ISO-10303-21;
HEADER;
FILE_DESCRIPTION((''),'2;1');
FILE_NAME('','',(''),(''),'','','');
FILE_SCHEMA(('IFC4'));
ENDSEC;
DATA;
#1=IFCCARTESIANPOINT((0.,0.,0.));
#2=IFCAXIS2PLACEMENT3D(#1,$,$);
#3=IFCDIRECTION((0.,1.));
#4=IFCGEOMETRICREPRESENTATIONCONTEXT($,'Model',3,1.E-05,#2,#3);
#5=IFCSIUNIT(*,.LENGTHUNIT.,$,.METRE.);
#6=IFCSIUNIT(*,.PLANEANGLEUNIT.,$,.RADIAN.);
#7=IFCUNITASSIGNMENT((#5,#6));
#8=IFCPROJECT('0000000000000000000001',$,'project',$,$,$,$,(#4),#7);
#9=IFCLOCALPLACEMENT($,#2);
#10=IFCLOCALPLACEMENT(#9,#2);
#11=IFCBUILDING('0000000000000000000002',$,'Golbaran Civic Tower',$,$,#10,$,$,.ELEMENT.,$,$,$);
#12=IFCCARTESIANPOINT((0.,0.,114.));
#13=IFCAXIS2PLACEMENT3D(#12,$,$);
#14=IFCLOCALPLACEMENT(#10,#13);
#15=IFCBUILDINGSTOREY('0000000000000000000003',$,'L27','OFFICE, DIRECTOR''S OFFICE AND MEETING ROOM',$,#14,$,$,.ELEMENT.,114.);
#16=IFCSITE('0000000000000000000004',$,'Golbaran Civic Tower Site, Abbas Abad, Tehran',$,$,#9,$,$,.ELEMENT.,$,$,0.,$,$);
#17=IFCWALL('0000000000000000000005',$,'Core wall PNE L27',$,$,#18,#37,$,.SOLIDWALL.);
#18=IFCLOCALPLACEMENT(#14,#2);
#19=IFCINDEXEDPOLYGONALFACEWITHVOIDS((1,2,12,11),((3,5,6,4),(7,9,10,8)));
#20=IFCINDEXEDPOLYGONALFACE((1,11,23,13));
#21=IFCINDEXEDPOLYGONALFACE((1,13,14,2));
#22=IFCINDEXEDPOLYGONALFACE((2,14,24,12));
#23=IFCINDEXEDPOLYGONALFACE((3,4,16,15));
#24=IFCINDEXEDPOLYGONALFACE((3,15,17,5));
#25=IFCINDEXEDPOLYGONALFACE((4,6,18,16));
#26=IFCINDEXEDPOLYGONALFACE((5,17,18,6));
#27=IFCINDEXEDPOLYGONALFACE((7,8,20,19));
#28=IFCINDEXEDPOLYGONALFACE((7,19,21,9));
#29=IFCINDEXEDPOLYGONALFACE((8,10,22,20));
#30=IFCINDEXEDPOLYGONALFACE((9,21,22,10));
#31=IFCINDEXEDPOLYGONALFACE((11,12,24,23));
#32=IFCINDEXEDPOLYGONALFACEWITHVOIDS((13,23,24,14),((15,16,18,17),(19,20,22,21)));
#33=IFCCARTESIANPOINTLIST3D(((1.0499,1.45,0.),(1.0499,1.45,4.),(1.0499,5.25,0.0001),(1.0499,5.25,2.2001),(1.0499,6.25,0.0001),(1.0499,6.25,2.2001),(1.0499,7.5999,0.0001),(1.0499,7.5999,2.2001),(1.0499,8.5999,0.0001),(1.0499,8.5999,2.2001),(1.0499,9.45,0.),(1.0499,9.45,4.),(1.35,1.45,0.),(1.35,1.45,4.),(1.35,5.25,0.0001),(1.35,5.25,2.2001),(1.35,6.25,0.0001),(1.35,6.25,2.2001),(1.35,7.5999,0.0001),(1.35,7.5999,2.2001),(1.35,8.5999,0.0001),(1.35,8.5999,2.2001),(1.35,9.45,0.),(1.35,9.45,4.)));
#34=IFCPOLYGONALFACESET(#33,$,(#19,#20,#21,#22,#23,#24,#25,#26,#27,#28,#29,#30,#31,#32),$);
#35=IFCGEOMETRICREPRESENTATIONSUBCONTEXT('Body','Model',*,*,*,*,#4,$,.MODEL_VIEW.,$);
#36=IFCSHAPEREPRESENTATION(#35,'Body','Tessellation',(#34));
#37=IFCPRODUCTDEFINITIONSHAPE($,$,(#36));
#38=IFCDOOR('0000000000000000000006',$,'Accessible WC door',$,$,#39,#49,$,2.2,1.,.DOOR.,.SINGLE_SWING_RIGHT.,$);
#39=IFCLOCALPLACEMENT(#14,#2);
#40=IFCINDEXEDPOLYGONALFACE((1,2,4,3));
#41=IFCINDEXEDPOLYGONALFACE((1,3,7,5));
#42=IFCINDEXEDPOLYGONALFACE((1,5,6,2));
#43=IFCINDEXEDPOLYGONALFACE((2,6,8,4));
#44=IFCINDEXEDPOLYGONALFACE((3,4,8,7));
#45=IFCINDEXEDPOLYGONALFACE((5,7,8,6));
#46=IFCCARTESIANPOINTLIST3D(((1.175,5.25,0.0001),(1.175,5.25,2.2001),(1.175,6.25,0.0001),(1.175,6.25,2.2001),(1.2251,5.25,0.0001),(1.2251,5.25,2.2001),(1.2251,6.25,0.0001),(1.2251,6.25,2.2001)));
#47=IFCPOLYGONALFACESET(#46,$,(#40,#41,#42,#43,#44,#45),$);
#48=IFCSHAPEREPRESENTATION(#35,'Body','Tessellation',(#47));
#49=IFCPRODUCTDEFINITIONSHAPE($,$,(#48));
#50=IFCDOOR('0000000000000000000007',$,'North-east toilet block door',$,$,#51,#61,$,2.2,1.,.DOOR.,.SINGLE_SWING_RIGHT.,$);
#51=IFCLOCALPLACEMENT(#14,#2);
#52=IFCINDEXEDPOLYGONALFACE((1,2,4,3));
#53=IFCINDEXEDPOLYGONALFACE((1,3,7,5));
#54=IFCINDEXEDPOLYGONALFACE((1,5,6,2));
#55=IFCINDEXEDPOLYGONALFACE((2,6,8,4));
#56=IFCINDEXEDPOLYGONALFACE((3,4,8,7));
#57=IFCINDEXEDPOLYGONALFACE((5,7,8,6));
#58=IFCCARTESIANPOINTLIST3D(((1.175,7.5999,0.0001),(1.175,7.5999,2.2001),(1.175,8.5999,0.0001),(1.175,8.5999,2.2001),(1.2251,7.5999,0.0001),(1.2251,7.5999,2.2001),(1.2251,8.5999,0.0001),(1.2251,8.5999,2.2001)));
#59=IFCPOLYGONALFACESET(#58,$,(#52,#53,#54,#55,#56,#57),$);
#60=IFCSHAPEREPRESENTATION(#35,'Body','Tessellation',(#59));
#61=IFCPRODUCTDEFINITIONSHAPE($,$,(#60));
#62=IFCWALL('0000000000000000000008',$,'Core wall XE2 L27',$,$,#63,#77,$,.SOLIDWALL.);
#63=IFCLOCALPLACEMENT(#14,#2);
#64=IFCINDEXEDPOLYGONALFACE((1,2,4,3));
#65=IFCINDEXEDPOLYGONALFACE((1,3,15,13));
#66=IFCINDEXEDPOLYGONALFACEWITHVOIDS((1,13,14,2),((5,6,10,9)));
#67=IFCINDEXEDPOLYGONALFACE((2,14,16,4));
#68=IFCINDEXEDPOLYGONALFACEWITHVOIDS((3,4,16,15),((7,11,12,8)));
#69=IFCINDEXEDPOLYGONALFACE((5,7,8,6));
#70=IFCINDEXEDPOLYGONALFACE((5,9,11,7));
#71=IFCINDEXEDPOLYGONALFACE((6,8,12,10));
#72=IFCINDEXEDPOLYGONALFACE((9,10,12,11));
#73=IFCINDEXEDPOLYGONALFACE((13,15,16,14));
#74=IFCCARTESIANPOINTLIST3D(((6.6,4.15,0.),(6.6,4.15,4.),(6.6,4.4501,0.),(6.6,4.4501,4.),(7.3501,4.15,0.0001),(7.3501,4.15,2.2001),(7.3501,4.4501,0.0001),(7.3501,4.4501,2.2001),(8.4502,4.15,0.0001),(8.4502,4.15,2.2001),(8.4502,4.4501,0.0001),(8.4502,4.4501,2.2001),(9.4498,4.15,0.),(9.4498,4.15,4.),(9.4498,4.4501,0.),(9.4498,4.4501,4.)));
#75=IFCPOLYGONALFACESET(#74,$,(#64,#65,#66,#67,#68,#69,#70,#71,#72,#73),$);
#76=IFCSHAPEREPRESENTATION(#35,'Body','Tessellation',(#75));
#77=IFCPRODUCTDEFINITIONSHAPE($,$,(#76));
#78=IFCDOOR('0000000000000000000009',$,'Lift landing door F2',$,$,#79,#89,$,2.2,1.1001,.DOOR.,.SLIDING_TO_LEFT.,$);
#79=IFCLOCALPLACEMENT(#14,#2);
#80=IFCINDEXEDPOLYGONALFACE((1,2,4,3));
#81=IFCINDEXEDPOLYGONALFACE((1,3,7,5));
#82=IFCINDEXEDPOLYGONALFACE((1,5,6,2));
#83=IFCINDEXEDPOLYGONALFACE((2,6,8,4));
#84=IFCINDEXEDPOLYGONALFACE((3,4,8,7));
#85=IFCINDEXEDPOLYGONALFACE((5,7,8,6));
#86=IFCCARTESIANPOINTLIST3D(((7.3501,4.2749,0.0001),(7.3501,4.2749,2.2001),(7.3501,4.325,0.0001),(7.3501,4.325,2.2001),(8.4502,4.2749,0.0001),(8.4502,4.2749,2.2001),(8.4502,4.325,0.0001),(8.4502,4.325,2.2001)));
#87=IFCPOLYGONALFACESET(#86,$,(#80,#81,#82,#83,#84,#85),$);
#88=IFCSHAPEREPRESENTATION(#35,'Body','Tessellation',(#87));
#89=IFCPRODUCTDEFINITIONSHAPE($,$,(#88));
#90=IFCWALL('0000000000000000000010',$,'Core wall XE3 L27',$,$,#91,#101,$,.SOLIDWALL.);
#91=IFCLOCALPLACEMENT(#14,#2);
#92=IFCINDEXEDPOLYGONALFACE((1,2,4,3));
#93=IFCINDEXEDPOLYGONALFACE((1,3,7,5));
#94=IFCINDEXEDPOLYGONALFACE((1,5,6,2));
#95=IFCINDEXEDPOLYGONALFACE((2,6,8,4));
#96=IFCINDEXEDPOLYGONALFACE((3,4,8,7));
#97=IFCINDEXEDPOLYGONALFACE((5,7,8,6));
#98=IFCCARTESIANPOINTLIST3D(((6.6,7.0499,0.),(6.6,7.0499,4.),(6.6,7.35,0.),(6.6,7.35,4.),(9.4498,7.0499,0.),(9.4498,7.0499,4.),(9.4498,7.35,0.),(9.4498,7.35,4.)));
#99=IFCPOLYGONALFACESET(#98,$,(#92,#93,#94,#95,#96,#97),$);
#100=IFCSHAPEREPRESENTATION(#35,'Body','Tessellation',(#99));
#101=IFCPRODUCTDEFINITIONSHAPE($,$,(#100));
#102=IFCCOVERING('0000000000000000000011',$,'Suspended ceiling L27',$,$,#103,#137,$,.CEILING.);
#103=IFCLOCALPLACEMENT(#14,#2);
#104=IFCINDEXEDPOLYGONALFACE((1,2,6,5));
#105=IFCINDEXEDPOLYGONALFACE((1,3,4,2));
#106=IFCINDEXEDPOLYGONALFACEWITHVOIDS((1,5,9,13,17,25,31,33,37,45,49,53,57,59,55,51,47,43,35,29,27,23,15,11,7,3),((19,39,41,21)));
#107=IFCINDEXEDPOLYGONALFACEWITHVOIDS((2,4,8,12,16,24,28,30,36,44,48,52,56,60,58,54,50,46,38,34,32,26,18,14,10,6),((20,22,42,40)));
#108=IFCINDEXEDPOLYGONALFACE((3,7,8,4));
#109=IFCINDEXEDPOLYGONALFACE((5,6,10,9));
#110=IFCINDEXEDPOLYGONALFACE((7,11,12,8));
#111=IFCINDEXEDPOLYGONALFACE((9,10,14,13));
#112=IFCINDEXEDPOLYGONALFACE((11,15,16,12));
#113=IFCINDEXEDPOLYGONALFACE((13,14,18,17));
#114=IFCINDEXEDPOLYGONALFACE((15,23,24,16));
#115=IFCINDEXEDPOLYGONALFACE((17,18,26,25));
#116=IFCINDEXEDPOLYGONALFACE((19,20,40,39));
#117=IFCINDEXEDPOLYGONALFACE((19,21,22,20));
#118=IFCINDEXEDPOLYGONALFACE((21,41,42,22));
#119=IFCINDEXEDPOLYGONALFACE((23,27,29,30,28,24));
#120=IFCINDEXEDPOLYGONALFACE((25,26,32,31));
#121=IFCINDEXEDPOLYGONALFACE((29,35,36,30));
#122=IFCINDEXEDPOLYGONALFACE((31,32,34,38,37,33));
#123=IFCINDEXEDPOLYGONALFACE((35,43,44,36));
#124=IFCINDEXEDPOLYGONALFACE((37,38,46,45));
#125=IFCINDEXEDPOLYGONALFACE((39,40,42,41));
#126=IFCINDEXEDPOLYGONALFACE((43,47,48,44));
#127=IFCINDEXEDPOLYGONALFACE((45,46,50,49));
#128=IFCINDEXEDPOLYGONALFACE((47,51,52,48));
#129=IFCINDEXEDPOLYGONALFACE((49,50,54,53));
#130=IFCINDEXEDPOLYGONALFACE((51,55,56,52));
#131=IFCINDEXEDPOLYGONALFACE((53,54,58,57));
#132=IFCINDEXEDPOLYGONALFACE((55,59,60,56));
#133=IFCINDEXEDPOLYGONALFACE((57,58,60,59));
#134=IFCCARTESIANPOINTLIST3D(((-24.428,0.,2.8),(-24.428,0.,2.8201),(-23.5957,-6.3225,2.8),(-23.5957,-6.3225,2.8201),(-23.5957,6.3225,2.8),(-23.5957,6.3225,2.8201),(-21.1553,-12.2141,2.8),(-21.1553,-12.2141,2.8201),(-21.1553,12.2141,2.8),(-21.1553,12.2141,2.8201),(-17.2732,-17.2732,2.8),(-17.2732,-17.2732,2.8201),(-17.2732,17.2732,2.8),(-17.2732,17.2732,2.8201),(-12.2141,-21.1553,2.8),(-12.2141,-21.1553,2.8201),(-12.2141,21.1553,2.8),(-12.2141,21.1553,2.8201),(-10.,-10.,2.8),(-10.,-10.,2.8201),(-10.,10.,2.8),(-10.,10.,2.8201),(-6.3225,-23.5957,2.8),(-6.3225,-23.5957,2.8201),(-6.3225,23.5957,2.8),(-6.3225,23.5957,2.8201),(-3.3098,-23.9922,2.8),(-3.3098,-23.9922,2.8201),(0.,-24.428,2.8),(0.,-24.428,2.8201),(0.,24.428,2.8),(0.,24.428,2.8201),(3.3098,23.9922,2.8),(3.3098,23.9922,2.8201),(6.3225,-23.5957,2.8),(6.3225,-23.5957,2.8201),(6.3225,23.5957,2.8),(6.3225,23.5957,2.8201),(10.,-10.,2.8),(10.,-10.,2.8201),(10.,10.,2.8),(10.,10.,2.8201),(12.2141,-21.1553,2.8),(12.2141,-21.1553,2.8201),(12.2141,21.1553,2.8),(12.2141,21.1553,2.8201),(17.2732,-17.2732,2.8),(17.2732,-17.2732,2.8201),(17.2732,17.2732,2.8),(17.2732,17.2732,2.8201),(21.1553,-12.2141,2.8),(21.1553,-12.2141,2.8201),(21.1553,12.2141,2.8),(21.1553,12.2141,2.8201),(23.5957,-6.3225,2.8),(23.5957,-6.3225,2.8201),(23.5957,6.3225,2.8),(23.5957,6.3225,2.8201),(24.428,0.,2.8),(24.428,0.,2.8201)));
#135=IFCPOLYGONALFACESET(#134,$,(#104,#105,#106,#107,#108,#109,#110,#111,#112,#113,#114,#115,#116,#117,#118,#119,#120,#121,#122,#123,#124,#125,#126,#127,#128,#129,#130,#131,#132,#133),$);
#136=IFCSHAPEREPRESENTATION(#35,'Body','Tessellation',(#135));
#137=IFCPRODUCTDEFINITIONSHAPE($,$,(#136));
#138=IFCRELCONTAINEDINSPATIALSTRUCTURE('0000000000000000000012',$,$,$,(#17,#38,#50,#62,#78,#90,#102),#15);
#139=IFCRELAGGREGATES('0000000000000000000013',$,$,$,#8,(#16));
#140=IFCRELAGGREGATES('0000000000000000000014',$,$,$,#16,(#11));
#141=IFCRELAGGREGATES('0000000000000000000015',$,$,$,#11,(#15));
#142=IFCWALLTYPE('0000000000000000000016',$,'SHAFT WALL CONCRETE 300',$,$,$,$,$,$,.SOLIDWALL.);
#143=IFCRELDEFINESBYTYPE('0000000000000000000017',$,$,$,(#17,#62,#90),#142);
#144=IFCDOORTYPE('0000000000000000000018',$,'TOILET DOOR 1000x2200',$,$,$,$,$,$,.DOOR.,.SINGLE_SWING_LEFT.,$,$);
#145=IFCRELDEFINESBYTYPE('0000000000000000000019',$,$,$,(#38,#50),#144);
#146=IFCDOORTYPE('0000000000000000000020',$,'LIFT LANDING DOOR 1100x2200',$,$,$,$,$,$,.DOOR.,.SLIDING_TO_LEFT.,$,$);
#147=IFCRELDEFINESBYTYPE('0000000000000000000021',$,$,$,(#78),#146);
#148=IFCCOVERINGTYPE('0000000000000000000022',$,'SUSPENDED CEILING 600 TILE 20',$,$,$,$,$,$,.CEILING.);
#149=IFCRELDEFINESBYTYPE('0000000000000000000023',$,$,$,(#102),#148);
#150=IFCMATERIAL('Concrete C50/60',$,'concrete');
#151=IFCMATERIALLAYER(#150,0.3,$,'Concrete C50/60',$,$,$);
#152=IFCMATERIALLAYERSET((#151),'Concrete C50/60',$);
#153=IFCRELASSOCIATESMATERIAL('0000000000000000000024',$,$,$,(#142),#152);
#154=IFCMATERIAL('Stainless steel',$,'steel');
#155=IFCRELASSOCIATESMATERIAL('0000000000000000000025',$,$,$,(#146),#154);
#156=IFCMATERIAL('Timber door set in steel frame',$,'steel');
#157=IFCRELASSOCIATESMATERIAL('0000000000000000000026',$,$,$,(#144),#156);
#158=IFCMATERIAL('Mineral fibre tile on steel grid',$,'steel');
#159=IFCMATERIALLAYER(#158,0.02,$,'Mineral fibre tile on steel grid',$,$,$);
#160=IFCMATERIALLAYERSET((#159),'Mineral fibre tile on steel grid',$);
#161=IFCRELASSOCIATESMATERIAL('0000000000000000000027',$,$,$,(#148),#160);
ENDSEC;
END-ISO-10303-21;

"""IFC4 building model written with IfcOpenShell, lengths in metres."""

from ifc_helpers import new_model, si_unit, direction, frame, frame_2d, origin, place, context, subcontext, project, spatial, polyline, rectangle, outline, extrude, material, layer, layer_set, type_object, element, fill, save


model = new_model("IFC4")

# Units and contexts
model_context = context("Model", 3, precision=1e-05, world=origin(), true_north=direction((0.0, 1.0)))
body_context = subcontext(model_context, "Body", "Model", "MODEL_VIEW")
ifc_project = project(units=[si_unit("LENGTHUNIT", "METRE"), si_unit("PLANEANGLEUNIT", "RADIAN")], contexts=[model_context])

# Site, building, storey
site_placement = place(None, origin())
site = spatial("IfcSite", under=ifc_project, at=site_placement, Name="Golbaran Civic Tower Site, Abbas Abad, Tehran", CompositionType="ELEMENT", RefElevation=0.0)
building_placement = place(site_placement, origin())
building = spatial("IfcBuilding", under=site, at=building_placement, Name="Golbaran Civic Tower", CompositionType="ELEMENT")
storey_placement = place(building_placement, frame((0.0, 0.0, 114.0)))
storey = spatial("IfcBuildingStorey", under=building, at=storey_placement, Name="L27", Description="OFFICE, DIRECTOR'S OFFICE AND MEETING ROOM", CompositionType="ELEMENT", Elevation=114.0)

# Shared definitions
ifc_material_1 = material(Name="Timber door set in steel frame", Category="steel")

# Shared definitions
ifc_material_2 = material(Name="Concrete C50/60", Category="concrete")
ifc_layer_1 = layer(ifc_material_2, 0.3, Name="Concrete C50/60")
ifc_layer_set_1 = layer_set([ifc_layer_1], Name="Concrete C50/60")
wall_type_1 = type_object("IfcWallType", Name="SHAFT WALL CONCRETE 300", PredefinedType="SOLIDWALL", material=ifc_layer_set_1)
ifc_material_3 = material(Name="Stainless steel", Category="steel")
door_type_1 = type_object("IfcDoorType", Name="LIFT LANDING DOOR 1100x2200", OperationType="SLIDING_TO_LEFT", PredefinedType="DOOR", material=ifc_material_3)

# Wall, openings, doors
wall_1_placement = place(storey_placement, frame((1.2, 1.45, 0.0), z_axis=(0.0, 0.0, 1.0), x_axis=(0.0, 1.0, 0.0)))
wall_1 = element("IfcWall", 1, at=wall_1_placement, inside=storey, type_object=wall_type_1, Name="Core wall PNE L27", PredefinedType="SOLIDWALL", context=body_context, shape_type="SweptSolid", body=[
    extrude(rectangle(XDim=8.0, YDim=0.3, at=frame_2d((4.0, 0.0))), origin(), (0.0, 0.0, 1.0), 4.0),
])
opening_1_placement = place(wall_1_placement, frame((3.8, 0.0, 0.0)))
opening_1 = element("IfcOpeningElement", 2, at=opening_1_placement, cuts=wall_1, PredefinedType="OPENING", context=body_context, shape_type="SweptSolid", body=[
    extrude(rectangle(XDim=1.0, YDim=2.2, at=frame_2d((0.5, 1.1001))), frame((0.0, 0.1599, 0.0), z_axis=(0.0, -1.0, 0.0), x_axis=(1.0, 0.0, 0.0)), (0.0, 0.0, 1.0), 0.3201),
])
opening_2_placement = place(wall_1_placement, frame((6.1499, 0.0, 0.0)))
opening_2 = element("IfcOpeningElement", 3, at=opening_2_placement, cuts=wall_1, PredefinedType="OPENING", context=body_context, shape_type="SweptSolid", body=[
    extrude(rectangle(XDim=1.0, YDim=2.2, at=frame_2d((0.5, 1.1001))), frame((0.0, 0.1599, 0.0), z_axis=(0.0, -1.0, 0.0), x_axis=(1.0, 0.0, 0.0)), (0.0, 0.0, 1.0), 0.3201),
])
door_type_2 = type_object("IfcDoorType", Name="TOILET DOOR 1000x2200", OperationType="SINGLE_SWING_LEFT", PredefinedType="DOOR", material=ifc_material_1)
door_1_placement = place(opening_1_placement, origin())
door_1 = element("IfcDoor", 4, at=door_1_placement, inside=storey, type_object=door_type_2, Name="Accessible WC door", OperationType="SINGLE_SWING_RIGHT", OverallHeight=2.2, OverallWidth=1.0, PredefinedType="DOOR", context=body_context, shape_type="SweptSolid", body=[
    extrude(rectangle(XDim=1.0, YDim=2.2, at=frame_2d((0.5, 1.1001))), frame((0.0, 0.0249, 0.0), z_axis=(0.0, -1.0, 0.0), x_axis=(1.0, 0.0, 0.0)), (0.0, 0.0, 1.0), 0.05),
])
fill(opening_1, door_1)
door_2_placement = place(opening_2_placement, origin())
door_2 = element("IfcDoor", 5, at=door_2_placement, inside=storey, type_object=door_type_2, Name="North-east toilet block door", OperationType="SINGLE_SWING_RIGHT", OverallHeight=2.2, OverallWidth=1.0, PredefinedType="DOOR", context=body_context, shape_type="SweptSolid", body=[
    extrude(rectangle(XDim=1.0, YDim=2.2, at=frame_2d((0.5, 1.1001))), frame((0.0, 0.0249, 0.0), z_axis=(0.0, -1.0, 0.0), x_axis=(1.0, 0.0, 0.0)), (0.0, 0.0, 1.0), 0.05),
])
fill(opening_2, door_2)

# Wall, opening, door
wall_2_placement = place(storey_placement, frame((6.6001, 4.3, 0.0), z_axis=(0.0, 0.0, 1.0), x_axis=(1.0, 0.0, 0.0)))
wall_2 = element("IfcWall", 6, at=wall_2_placement, inside=storey, type_object=wall_type_1, Name="Core wall XE2 L27", PredefinedType="SOLIDWALL", context=body_context, shape_type="SweptSolid", body=[
    extrude(rectangle(XDim=2.8499, YDim=0.3, at=frame_2d((1.4248, 0.0))), origin(), (0.0, 0.0, 1.0), 4.0),
])
opening_3_placement = place(wall_2_placement, frame((0.75, 0.0, 0.0)))
opening_3 = element("IfcOpeningElement", 7, at=opening_3_placement, cuts=wall_2, PredefinedType="OPENING", context=body_context, shape_type="SweptSolid", body=[
    extrude(rectangle(XDim=1.1001, YDim=2.2, at=frame_2d((0.55, 1.1001))), frame((0.0, 0.1599, 0.0), z_axis=(0.0, -1.0, 0.0), x_axis=(1.0, 0.0, 0.0)), (0.0, 0.0, 1.0), 0.3201),
])
door_3_placement = place(opening_3_placement, origin())
door_3 = element("IfcDoor", 8, at=door_3_placement, inside=storey, type_object=door_type_1, Name="Lift landing door F2", OperationType="SLIDING_TO_LEFT", OverallHeight=2.2, OverallWidth=1.1001, PredefinedType="DOOR", context=body_context, shape_type="SweptSolid", body=[
    extrude(rectangle(XDim=1.1001, YDim=2.2, at=frame_2d((0.55, 1.1001))), frame((0.0, 0.0249, 0.0), z_axis=(0.0, -1.0, 0.0), x_axis=(1.0, 0.0, 0.0)), (0.0, 0.0, 1.0), 0.05),
])
fill(opening_3, door_3)

# Wall
wall_3_placement = place(storey_placement, frame((6.6001, 7.2, 0.0), z_axis=(0.0, 0.0, 1.0), x_axis=(1.0, 0.0, 0.0)))
element("IfcWall", 9, at=wall_3_placement, inside=storey, type_object=wall_type_1, Name="Core wall XE3 L27", PredefinedType="SOLIDWALL", context=body_context, shape_type="SweptSolid", body=[
    extrude(rectangle(XDim=2.8499, YDim=0.3, at=frame_2d((1.4248, 0.0))), origin(), (0.0, 0.0, 1.0), 4.0),
])

# Covering
ifc_material_4 = material(Name="Mineral fibre tile on steel grid", Category="steel")
ifc_layer_2 = layer(ifc_material_4, 0.02, Name="Mineral fibre tile on steel grid")
ifc_layer_set_2 = layer_set([ifc_layer_2], Name="Mineral fibre tile on steel grid")
covering_type = type_object("IfcCoveringType", Name="SUSPENDED CEILING 600 TILE 20", PredefinedType="CEILING", material=ifc_layer_set_2)
covering_placement = place(storey_placement, frame((0.0, 0.0, 2.8)))
element("IfcCovering", 10, at=covering_placement, inside=storey, type_object=covering_type, Name="Suspended ceiling L27", PredefinedType="CEILING", context=body_context, shape_type="SweptSolid", body=[
    extrude(outline(polyline([(-24.428, 0.0), (-23.5957, 6.3225), (-21.1553, 12.2141), (-17.2732, 17.2732), (-12.2141, 21.1553), (-6.3225, 23.5957), (0.0, 24.428), (3.3098, 23.9922), (6.3225, 23.5957), (12.2141, 21.1553), (17.2732, 17.2732), (21.1553, 12.2141), (23.5957, 6.3225), (24.428, 0.0), (23.5957, -6.3225), (21.1553, -12.2141), (17.2732, -17.2732), (12.2141, -21.1553), (6.3225, -23.5957), (0.0, -24.428), (-3.3098, -23.9922), (-6.3225, -23.5957), (-12.2141, -21.1553), (-17.2732, -17.2732), (-21.1553, -12.2141), (-23.5957, -6.3225), (-24.428, 0.0)]), holes=[polyline([(10.0, 10.0), (-10.0, 10.0), (-10.0, -10.0), (10.0, -10.0), (10.0, 10.0)])]), origin(), (0.0, 0.0, 1.0), 0.02),
])

save(model, "model.ifc")
